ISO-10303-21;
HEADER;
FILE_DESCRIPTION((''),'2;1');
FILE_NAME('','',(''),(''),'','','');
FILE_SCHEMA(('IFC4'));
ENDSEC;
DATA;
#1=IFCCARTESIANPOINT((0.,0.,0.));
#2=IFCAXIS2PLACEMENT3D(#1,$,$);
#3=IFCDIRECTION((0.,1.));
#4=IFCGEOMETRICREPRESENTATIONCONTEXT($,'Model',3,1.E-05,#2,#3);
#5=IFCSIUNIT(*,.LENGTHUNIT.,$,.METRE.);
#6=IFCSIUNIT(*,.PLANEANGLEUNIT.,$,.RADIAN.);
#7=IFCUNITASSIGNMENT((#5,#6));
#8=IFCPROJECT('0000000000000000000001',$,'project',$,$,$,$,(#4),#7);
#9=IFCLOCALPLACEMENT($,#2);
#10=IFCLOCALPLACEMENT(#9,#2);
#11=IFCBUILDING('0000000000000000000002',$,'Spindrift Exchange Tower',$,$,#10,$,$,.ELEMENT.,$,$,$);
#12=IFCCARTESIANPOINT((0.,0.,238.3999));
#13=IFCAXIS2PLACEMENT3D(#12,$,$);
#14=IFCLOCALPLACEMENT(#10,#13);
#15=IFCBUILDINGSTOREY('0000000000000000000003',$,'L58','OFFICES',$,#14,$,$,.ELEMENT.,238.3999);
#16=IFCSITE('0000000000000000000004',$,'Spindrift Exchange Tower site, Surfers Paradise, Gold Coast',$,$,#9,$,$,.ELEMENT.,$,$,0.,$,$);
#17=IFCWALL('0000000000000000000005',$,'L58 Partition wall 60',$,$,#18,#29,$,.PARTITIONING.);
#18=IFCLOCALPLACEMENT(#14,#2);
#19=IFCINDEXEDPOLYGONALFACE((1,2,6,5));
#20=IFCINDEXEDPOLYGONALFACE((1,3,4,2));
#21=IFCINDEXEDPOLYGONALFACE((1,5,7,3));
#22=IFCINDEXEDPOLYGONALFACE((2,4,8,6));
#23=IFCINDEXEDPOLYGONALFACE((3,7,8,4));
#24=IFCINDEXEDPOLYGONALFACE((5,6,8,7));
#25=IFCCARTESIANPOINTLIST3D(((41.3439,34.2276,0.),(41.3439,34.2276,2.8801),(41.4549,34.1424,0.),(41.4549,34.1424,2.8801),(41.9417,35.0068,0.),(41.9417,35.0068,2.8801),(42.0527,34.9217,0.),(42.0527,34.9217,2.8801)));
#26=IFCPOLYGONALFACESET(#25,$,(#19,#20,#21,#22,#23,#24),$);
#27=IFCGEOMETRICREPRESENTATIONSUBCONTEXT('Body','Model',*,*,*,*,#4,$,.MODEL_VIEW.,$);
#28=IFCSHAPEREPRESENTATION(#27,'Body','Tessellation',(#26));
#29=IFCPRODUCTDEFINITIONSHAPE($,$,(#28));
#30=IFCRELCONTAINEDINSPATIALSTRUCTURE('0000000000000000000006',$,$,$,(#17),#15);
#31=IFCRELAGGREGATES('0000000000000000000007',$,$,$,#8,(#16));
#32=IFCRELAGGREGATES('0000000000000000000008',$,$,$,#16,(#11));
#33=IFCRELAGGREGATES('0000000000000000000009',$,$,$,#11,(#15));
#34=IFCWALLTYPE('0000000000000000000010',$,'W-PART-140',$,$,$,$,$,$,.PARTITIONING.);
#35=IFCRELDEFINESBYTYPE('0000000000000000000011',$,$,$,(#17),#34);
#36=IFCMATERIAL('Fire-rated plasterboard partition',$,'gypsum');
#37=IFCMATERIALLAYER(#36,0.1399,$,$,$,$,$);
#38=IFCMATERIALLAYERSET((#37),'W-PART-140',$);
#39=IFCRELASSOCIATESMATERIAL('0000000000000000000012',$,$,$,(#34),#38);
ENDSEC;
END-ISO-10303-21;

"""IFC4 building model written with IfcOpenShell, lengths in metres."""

from ifc_helpers import new_model, si_unit, direction, frame, frame_2d, origin, place, context, subcontext, project, spatial, rectangle, extrude, material, layer, layer_set, type_object, element, save


model = new_model("IFC4")

# Units and contexts
model_context = context("Model", 3, precision=1e-05, world=origin(), true_north=direction((0.0, 1.0)))
body_context = subcontext(model_context, "Body", "Model", "MODEL_VIEW")
ifc_project = project(units=[si_unit("LENGTHUNIT", "METRE"), si_unit("PLANEANGLEUNIT", "RADIAN")], contexts=[model_context])

# Site, building, storey
site_placement = place(None, origin())
site = spatial("IfcSite", under=ifc_project, at=site_placement, Name="Spindrift Exchange Tower site, Surfers Paradise, Gold Coast", CompositionType="ELEMENT", RefElevation=0.0)
building_placement = place(site_placement, origin())
building = spatial("IfcBuilding", under=site, at=building_placement, Name="Spindrift Exchange Tower", CompositionType="ELEMENT")
storey_placement = place(building_placement, frame((0.0, 0.0, 238.3999)))
storey = spatial("IfcBuildingStorey", under=building, at=storey_placement, Name="L58", Description="OFFICES", CompositionType="ELEMENT", Elevation=238.3999)

# Wall
ifc_material_1 = material(Name="Fire-rated plasterboard partition", Category="gypsum")
ifc_layer_1 = layer(ifc_material_1, 0.1399)
ifc_layer_set_1 = layer_set([ifc_layer_1], Name="W-PART-140")
wall_type = type_object("IfcWallType", Name="W-PART-140", PredefinedType="PARTITIONING", material=ifc_layer_set_1)
wall_1_placement = place(storey_placement, frame((41.9973, 34.9644, 0.0), z_axis=(0.0, 0.0, 1.0), x_axis=(-0.608713, -0.79339, 0.0)))
element("IfcWall", 1, at=wall_1_placement, inside=storey, type_object=wall_type, Name="L58 Partition wall 60", PredefinedType="PARTITIONING", context=body_context, shape_type="SweptSolid", body=[
    extrude(rectangle(XDim=0.9822, YDim=0.1399, at=frame_2d((0.4912, 0.0))), origin(), (0.0, 0.0, 1.0), 2.8801),
])

save(model, "model.ifc")
